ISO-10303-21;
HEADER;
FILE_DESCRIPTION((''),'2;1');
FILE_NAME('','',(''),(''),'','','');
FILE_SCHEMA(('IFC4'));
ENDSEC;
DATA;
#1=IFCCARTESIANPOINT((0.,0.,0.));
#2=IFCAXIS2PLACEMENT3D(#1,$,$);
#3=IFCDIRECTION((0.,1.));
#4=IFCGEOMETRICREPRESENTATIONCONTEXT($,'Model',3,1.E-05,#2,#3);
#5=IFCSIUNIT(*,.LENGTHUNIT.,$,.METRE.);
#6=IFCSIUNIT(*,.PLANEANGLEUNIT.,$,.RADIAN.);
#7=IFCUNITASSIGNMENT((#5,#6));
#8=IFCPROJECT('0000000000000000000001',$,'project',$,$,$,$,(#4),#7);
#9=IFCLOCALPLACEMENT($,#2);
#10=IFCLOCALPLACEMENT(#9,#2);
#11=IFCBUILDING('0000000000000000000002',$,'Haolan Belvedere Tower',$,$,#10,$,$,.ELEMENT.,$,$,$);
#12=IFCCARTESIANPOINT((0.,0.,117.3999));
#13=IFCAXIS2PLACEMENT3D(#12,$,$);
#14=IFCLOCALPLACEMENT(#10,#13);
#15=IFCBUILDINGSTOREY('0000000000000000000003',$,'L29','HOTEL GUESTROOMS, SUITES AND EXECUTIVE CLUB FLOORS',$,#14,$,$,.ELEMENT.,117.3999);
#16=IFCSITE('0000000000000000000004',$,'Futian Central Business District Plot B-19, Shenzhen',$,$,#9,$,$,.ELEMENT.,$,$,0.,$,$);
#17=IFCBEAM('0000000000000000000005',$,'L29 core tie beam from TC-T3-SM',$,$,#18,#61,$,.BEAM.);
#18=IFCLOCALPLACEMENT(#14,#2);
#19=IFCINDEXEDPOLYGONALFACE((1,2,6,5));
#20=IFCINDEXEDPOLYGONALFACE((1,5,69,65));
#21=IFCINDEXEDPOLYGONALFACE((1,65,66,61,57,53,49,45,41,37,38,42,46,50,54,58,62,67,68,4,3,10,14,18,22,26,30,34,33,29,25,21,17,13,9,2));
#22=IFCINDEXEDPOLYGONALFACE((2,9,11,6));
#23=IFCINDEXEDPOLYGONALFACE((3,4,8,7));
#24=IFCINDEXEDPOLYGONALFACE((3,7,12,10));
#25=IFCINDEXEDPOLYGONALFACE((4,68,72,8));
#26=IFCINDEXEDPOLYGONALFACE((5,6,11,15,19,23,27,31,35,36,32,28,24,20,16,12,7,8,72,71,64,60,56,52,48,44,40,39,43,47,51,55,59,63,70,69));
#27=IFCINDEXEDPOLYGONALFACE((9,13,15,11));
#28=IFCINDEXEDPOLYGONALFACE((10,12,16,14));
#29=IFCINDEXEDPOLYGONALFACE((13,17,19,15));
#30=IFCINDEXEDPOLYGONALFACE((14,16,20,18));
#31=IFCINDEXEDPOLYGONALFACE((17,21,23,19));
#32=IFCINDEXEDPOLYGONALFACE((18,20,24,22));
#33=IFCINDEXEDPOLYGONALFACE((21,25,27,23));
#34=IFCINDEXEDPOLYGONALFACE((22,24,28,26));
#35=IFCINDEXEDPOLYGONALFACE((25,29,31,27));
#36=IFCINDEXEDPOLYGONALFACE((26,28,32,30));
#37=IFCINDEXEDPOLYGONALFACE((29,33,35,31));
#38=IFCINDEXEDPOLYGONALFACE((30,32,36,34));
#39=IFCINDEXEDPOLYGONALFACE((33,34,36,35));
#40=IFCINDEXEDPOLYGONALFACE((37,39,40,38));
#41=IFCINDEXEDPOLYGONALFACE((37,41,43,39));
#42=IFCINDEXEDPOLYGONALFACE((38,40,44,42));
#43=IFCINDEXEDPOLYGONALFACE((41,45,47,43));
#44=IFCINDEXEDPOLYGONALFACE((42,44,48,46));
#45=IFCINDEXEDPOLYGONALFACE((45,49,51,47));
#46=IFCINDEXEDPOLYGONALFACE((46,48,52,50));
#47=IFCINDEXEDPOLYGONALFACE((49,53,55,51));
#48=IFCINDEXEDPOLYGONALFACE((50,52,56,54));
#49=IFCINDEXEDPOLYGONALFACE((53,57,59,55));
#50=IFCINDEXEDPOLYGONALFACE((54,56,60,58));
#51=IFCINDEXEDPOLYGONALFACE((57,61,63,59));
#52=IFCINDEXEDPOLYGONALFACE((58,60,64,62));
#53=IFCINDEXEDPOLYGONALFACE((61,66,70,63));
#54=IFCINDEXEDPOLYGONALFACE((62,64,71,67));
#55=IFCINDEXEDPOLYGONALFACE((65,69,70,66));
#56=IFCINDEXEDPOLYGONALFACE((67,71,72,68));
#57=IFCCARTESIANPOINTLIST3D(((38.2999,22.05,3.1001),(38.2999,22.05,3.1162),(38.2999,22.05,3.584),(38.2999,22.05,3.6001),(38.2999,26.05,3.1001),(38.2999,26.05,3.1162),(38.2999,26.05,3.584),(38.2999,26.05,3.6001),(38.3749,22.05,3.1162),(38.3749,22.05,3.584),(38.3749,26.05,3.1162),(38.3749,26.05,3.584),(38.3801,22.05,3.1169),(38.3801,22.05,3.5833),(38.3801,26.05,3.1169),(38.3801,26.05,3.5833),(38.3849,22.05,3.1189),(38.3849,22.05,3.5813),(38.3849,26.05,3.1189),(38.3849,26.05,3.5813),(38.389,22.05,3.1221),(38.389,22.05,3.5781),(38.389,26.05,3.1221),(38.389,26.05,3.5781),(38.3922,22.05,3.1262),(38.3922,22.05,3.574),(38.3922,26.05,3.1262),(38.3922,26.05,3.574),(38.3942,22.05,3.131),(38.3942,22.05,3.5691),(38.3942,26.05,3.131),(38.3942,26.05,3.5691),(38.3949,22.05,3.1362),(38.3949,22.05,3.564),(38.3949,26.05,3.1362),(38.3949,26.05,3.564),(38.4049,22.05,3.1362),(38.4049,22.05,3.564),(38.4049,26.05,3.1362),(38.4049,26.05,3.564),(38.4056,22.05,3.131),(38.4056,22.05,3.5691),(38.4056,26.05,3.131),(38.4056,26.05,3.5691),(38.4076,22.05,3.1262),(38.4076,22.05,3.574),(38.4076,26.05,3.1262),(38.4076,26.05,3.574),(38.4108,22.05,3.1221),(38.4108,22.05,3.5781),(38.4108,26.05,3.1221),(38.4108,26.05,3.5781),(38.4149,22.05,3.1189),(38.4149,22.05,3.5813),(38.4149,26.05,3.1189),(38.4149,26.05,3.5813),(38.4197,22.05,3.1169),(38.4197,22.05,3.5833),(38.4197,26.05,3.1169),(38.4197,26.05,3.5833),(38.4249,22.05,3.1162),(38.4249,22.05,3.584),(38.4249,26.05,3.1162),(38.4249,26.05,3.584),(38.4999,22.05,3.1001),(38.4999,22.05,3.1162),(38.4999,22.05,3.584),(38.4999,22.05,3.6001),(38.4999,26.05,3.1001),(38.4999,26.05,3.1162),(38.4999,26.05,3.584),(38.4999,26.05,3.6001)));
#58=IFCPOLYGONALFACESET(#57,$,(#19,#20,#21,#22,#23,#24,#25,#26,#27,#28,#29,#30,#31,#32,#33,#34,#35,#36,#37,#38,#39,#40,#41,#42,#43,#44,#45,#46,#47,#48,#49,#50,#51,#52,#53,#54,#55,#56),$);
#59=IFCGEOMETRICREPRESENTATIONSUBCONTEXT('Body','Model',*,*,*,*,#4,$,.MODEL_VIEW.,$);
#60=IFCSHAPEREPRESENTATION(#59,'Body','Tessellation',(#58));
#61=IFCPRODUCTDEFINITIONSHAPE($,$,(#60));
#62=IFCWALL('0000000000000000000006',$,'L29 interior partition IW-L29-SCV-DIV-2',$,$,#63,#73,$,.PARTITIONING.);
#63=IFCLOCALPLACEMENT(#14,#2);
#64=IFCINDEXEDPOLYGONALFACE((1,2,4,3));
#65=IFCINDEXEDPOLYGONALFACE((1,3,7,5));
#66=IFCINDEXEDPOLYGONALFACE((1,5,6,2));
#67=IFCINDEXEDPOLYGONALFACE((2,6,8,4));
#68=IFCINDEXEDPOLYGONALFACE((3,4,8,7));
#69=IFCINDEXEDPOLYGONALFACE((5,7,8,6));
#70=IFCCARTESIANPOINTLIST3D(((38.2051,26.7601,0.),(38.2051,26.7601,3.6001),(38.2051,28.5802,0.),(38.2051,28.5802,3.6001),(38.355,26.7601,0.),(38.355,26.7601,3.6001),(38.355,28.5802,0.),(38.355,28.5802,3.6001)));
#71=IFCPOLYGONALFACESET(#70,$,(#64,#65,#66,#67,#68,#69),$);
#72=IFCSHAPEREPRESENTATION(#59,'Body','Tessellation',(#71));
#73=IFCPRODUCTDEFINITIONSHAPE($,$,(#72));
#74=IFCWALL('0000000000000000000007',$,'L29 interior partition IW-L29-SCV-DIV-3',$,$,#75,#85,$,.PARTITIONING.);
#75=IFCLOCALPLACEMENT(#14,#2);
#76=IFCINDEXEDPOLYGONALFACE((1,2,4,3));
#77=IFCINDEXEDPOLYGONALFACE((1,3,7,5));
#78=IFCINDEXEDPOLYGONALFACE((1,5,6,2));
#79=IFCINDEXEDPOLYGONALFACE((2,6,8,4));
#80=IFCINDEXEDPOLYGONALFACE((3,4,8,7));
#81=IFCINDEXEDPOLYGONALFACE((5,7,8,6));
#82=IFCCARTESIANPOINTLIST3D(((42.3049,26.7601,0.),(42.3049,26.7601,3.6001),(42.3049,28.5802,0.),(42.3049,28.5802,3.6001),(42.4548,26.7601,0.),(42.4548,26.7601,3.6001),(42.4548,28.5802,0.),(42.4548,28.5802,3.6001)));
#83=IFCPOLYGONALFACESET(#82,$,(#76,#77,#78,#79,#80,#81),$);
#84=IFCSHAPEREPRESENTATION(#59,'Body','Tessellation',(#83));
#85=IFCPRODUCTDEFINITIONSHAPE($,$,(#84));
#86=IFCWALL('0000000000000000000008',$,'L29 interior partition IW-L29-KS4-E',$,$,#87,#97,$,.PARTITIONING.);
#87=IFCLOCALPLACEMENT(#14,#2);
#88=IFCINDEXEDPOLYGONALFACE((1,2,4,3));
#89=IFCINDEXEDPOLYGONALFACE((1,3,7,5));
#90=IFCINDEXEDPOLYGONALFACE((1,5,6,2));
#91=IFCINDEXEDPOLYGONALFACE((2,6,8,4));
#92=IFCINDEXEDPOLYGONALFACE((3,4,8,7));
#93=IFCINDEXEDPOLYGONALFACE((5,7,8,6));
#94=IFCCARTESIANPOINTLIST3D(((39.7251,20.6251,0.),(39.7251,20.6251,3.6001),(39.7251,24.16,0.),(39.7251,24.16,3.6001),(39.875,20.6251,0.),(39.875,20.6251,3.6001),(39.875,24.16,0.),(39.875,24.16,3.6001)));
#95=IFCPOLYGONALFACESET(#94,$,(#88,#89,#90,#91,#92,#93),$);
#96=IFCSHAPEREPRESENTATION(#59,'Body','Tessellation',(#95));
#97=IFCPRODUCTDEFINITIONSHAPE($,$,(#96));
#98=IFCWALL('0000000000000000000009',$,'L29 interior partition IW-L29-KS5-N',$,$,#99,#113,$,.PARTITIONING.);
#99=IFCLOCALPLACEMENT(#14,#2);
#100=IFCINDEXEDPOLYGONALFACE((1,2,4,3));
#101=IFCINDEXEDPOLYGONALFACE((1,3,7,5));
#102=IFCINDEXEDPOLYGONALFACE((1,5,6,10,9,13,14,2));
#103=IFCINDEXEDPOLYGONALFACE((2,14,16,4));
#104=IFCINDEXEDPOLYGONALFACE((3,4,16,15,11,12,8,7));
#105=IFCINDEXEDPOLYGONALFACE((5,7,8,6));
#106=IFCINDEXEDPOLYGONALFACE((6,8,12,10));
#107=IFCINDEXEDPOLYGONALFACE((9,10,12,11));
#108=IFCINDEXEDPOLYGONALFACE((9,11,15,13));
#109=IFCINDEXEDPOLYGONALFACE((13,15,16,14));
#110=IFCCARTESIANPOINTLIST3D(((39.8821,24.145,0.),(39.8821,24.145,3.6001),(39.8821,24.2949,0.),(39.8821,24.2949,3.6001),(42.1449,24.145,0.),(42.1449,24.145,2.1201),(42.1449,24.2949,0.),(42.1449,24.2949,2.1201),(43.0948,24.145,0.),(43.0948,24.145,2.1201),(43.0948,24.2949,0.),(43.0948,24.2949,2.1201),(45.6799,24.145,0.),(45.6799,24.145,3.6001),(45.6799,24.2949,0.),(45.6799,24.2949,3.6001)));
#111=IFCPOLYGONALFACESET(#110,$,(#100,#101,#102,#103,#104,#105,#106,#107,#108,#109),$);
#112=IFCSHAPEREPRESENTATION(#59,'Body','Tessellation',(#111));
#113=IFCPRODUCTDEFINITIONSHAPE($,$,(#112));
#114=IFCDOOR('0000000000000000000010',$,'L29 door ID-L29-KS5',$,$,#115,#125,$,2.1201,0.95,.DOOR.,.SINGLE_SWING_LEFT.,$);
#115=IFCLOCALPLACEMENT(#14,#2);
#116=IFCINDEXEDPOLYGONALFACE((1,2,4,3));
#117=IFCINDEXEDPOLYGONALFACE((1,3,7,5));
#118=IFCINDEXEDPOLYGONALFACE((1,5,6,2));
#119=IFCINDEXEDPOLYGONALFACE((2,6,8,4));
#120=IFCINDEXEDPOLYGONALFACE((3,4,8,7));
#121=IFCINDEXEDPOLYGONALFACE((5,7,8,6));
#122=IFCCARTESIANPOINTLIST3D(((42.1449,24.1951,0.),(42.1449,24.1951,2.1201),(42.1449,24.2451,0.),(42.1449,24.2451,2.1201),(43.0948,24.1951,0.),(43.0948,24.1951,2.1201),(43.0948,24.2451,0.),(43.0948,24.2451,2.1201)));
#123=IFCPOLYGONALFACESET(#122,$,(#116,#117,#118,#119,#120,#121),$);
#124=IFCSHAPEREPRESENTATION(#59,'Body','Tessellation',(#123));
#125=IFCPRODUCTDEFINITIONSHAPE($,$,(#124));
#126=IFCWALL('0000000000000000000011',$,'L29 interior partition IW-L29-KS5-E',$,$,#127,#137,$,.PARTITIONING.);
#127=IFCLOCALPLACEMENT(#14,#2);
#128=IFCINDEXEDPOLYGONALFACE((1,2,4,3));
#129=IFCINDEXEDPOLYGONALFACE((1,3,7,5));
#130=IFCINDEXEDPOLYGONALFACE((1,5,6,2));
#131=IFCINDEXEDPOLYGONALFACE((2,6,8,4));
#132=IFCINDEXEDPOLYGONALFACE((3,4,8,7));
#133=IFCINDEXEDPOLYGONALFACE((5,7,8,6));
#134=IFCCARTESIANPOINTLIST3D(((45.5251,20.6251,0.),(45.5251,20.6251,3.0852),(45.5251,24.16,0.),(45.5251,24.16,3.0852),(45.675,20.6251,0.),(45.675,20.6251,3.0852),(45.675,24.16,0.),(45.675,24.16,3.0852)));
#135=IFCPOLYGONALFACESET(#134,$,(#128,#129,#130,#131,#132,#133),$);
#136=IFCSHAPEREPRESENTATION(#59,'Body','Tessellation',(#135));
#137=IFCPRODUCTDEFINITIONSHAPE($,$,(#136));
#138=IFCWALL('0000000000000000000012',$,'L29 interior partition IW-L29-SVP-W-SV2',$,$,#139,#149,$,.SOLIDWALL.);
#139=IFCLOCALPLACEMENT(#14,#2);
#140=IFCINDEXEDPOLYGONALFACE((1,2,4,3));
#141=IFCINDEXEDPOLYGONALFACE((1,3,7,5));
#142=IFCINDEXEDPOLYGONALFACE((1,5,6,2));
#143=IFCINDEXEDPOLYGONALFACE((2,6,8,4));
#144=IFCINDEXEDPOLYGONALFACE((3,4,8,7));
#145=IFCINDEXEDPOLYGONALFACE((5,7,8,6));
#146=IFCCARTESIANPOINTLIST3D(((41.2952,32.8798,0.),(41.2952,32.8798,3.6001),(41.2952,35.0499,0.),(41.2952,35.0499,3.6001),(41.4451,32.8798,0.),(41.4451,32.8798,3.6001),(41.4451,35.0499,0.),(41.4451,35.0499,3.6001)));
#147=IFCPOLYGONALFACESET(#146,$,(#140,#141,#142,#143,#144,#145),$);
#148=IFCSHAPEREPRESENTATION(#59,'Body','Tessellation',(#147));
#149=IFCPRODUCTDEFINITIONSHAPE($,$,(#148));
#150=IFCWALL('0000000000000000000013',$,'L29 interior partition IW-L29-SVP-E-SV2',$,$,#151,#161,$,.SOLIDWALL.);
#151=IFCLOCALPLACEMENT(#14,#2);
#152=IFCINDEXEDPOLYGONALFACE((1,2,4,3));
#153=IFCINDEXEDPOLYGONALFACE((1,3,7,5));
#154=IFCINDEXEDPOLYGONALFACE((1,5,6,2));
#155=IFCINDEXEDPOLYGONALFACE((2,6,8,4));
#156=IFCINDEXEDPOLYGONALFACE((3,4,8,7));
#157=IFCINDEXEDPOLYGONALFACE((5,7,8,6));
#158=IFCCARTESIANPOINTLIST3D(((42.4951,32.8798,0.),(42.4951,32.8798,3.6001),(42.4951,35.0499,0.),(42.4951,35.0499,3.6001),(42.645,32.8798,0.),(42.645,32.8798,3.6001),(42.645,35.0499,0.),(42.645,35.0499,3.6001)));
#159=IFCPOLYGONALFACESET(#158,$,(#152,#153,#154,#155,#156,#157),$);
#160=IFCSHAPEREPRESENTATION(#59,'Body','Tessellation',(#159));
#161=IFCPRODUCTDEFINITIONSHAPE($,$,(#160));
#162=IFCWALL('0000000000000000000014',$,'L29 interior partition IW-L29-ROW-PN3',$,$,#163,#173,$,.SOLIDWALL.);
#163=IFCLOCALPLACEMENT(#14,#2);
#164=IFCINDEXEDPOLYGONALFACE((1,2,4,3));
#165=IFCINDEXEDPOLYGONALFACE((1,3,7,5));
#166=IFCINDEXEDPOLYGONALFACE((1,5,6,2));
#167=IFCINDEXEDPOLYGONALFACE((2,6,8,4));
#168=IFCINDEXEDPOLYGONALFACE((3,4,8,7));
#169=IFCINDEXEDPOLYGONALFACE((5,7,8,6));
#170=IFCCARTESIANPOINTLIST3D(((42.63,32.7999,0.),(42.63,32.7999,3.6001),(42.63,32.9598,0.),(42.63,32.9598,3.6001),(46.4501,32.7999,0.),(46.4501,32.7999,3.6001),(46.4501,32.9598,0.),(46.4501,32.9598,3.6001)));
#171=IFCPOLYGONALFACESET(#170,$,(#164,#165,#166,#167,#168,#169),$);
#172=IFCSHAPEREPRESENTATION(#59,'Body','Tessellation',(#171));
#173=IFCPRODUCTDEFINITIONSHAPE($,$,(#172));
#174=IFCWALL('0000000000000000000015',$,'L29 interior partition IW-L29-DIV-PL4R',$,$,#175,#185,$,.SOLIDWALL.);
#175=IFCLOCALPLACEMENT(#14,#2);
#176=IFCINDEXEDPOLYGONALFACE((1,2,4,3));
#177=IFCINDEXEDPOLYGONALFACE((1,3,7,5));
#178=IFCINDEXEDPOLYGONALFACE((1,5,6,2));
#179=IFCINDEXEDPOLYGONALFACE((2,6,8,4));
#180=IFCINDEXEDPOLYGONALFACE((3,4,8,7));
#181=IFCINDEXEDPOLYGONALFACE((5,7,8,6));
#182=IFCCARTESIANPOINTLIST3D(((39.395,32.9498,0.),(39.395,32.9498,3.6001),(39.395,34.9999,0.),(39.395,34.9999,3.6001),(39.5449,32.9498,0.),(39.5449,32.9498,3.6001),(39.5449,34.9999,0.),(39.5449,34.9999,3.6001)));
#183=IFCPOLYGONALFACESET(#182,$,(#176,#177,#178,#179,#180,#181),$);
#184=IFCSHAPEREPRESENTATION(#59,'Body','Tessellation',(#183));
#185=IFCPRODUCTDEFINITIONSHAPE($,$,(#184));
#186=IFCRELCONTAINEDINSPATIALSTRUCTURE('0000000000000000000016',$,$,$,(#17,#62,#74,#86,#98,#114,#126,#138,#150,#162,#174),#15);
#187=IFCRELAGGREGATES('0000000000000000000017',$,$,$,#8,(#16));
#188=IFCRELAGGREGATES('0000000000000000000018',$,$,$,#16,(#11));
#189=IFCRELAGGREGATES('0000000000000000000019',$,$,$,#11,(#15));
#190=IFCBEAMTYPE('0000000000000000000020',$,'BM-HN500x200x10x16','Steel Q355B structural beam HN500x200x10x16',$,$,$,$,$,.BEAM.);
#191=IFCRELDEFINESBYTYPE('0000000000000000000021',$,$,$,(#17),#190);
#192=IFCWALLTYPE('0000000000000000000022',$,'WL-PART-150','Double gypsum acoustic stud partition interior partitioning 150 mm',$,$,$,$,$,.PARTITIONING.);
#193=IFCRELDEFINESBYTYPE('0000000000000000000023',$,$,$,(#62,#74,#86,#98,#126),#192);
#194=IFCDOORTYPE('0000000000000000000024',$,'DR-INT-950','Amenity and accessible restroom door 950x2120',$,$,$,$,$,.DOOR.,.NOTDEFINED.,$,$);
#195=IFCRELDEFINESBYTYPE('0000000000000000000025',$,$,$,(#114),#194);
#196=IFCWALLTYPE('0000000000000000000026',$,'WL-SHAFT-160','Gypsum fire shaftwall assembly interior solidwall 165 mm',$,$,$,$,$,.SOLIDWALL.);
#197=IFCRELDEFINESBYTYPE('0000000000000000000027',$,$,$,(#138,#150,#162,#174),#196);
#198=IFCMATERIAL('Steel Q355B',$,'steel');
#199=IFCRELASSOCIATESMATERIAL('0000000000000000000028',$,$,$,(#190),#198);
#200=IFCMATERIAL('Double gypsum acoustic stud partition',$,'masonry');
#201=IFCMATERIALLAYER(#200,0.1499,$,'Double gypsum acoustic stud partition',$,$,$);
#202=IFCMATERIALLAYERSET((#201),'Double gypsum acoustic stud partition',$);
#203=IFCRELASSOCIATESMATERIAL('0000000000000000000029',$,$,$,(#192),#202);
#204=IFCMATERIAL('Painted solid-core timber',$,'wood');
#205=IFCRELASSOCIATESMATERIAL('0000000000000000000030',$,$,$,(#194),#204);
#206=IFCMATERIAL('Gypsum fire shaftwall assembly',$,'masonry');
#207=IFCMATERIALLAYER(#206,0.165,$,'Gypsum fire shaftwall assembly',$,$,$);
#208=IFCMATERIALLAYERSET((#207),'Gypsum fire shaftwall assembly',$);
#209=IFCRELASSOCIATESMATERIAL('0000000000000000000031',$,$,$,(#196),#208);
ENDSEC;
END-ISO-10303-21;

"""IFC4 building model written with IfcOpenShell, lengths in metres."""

from ifc_helpers import new_model, si_unit, direction, frame, frame_2d, origin, origin_2d, place, context, subcontext, project, spatial, rectangle, i_section, extrude, material, layer, layer_set, material_profile, profile_set, type_object, element, fill, save


model = new_model("IFC4")

# Units and contexts
model_context = context("Model", 3, precision=1e-05, world=origin(), true_north=direction((0.0, 1.0)))
body_context = subcontext(model_context, "Body", "Model", "MODEL_VIEW")
ifc_project = project(units=[si_unit("LENGTHUNIT", "METRE"), si_unit("PLANEANGLEUNIT", "RADIAN")], contexts=[model_context])

# Site, building, storey
site_placement = place(None, origin())
site = spatial("IfcSite", under=ifc_project, at=site_placement, Name="Futian Central Business District Plot B-19, Shenzhen", CompositionType="ELEMENT", RefElevation=0.0)
building_placement = place(site_placement, origin())
building = spatial("IfcBuilding", under=site, at=building_placement, Name="Haolan Belvedere Tower", CompositionType="ELEMENT")
storey_placement = place(building_placement, frame((0.0, 0.0, 117.3999)))
storey = spatial("IfcBuildingStorey", under=building, at=storey_placement, Name="L29", Description="HOTEL GUESTROOMS, SUITES AND EXECUTIVE CLUB FLOORS", CompositionType="ELEMENT", Elevation=117.3999)

# Beam
ifc_material_1 = material(Name="Steel Q355B", Category="steel")
ifc_material_profile_1 = material_profile(ifc_material_1, i_section(OverallWidth=0.2, OverallDepth=0.5, WebThickness=0.01, FlangeThickness=0.0161, FilletRadius=0.02, at=origin_2d()), Name="Steel Q355B")
ifc_profile_set_1 = profile_set([ifc_material_profile_1], Name="Steel Q355B")
beam_type_1 = type_object("IfcBeamType", Name="BM-HN500x200x10x16", Description="Steel Q355B structural beam HN500x200x10x16", PredefinedType="BEAM", material=ifc_profile_set_1)
beam_1_placement = place(storey_placement, frame((38.3999, 22.05, 3.3501), z_axis=(0.0, 1.0, 0.0), x_axis=(-1.0, 0.0, 0.0)))
element("IfcBeam", 1, at=beam_1_placement, inside=storey, type_object=beam_type_1, Name="L29 core tie beam from TC-T3-SM", PredefinedType="BEAM", context=body_context, shape_type="SweptSolid", body=[
    extrude(i_section(OverallWidth=0.2, OverallDepth=0.5, WebThickness=0.01, FlangeThickness=0.0161, FilletRadius=0.02, at=origin_2d()), origin(), (0.0, 0.0, 1.0), 4.0),
])

# Walls
ifc_material_2 = material(Name="Double gypsum acoustic stud partition", Category="masonry")
ifc_layer_1 = layer(ifc_material_2, 0.1499, Name="Double gypsum acoustic stud partition")
ifc_layer_set_1 = layer_set([ifc_layer_1], Name="Double gypsum acoustic stud partition")
wall_type_1 = type_object("IfcWallType", Name="WL-PART-150", Description="Double gypsum acoustic stud partition interior partitioning 150 mm", PredefinedType="PARTITIONING", material=ifc_layer_set_1)
for number, where, z_axis, x_axis, name in (
    (2, (38.28, 26.76, 0.0), (0.0, 0.0, 1.0), (0.0, 1.0, 0.0), "L29 interior partition IW-L29-SCV-DIV-2"),
    (3, (42.3799, 26.76, 0.0), (0.0, 0.0, 1.0), (0.0, 1.0, 0.0), "L29 interior partition IW-L29-SCV-DIV-3"),
):
    element("IfcWall", number, at=place(storey_placement, frame(where, z_axis=z_axis, x_axis=x_axis)), inside=storey, type_object=wall_type_1, Name=name, PredefinedType="PARTITIONING", context=body_context, shape_type="SweptSolid", body=[
        extrude(rectangle(XDim=1.8201, YDim=0.1499, at=frame_2d((0.9102, 0.0))), origin(), (0.0, 0.0, 1.0), 3.6001),
    ])
wall_1_placement = place(storey_placement, frame((39.8, 20.625, 0.0), z_axis=(0.0, 0.0, 1.0), x_axis=(0.0, 1.0, 0.0)))
element("IfcWall", 4, at=wall_1_placement, inside=storey, type_object=wall_type_1, Name="L29 interior partition IW-L29-KS4-E", PredefinedType="PARTITIONING", context=body_context, shape_type="SweptSolid", body=[
    extrude(rectangle(XDim=3.5349, YDim=0.1499, at=frame_2d((1.7676, 0.0))), origin(), (0.0, 0.0, 1.0), 3.6001),
])

# Wall, opening, door
wall_2_placement = place(storey_placement, frame((39.8821, 24.22, 0.0), z_axis=(0.0, 0.0, 1.0), x_axis=(1.0, 0.0, 0.0)))
wall_2 = element("IfcWall", 5, at=wall_2_placement, inside=storey, type_object=wall_type_1, Name="L29 interior partition IW-L29-KS5-N", PredefinedType="PARTITIONING", context=body_context, shape_type="SweptSolid", body=[
    extrude(rectangle(XDim=5.7979, YDim=0.1499, at=frame_2d((2.8989, 0.0))), origin(), (0.0, 0.0, 1.0), 3.6001),
])
opening_placement = place(wall_2_placement, frame((3.2129, 0.0, 0.0), z_axis=(0.0, 0.0, 1.0), x_axis=(-1.0, 0.0, 0.0)))
opening = element("IfcOpeningElement", 6, at=opening_placement, cuts=wall_2, PredefinedType="OPENING", context=body_context, shape_type="SweptSolid", body=[
    extrude(rectangle(XDim=0.95, YDim=2.1201, at=frame_2d((0.4751, 1.0601))), frame((0.0, 0.085, 0.0), z_axis=(0.0, -1.0, 0.0), x_axis=(1.0, 0.0, 0.0)), (0.0, 0.0, 1.0), 0.1699),
])
ifc_material_3 = material(Name="Painted solid-core timber", Category="wood")
door_type = type_object("IfcDoorType", Name="DR-INT-950", Description="Amenity and accessible restroom door 950x2120", OperationType="NOTDEFINED", PredefinedType="DOOR", material=ifc_material_3)
door_placement = place(opening_placement, origin())
door = element("IfcDoor", 7, at=door_placement, inside=storey, type_object=door_type, Name="L29 door ID-L29-KS5", OperationType="SINGLE_SWING_LEFT", OverallHeight=2.1201, OverallWidth=0.95, PredefinedType="DOOR", context=body_context, shape_type="SweptSolid", body=[
    extrude(rectangle(XDim=0.95, YDim=2.1201, at=frame_2d((0.4751, 1.0601))), frame((0.0, 0.0249, 0.0), z_axis=(0.0, -1.0, 0.0), x_axis=(1.0, 0.0, 0.0)), (0.0, 0.0, 1.0), 0.05),
])
fill(opening, door)

# Walls
wall_3_placement = place(storey_placement, frame((45.6001, 20.625, 0.0), z_axis=(0.0, 0.0, 1.0), x_axis=(0.0, 1.0, 0.0)))
element("IfcWall", 8, at=wall_3_placement, inside=storey, type_object=wall_type_1, Name="L29 interior partition IW-L29-KS5-E", PredefinedType="PARTITIONING", context=body_context, shape_type="SweptSolid", body=[
    extrude(rectangle(XDim=3.5349, YDim=0.1499, at=frame_2d((1.7676, 0.0))), origin(), (0.0, 0.0, 1.0), 3.0852),
])
ifc_material_4 = material(Name="Gypsum fire shaftwall assembly", Category="masonry")
ifc_layer_2 = layer(ifc_material_4, 0.165, Name="Gypsum fire shaftwall assembly")
ifc_layer_set_2 = layer_set([ifc_layer_2], Name="Gypsum fire shaftwall assembly")
wall_type_2 = type_object("IfcWallType", Name="WL-SHAFT-160", Description="Gypsum fire shaftwall assembly interior solidwall 165 mm", PredefinedType="SOLIDWALL", material=ifc_layer_set_2)
for number, where, z_axis, x_axis, name in (
    (9, (41.3701, 32.8799, 0.0), (0.0, 0.0, 1.0), (0.0, 1.0, 0.0), "L29 interior partition IW-L29-SVP-W-SV2"),
    (10, (42.5701, 32.8799, 0.0), (0.0, 0.0, 1.0), (0.0, 1.0, 0.0), "L29 interior partition IW-L29-SVP-E-SV2"),
):
    element("IfcWall", number, at=place(storey_placement, frame(where, z_axis=z_axis, x_axis=x_axis)), inside=storey, type_object=wall_type_2, Name=name, PredefinedType="SOLIDWALL", context=body_context, shape_type="SweptSolid", body=[
        extrude(rectangle(XDim=2.1702, YDim=0.1499, at=frame_2d((1.085, 0.0))), origin(), (0.0, 0.0, 1.0), 3.6001),
    ])
wall_4_placement = place(storey_placement, frame((42.6299, 32.8799, 0.0), z_axis=(0.0, 0.0, 1.0), x_axis=(1.0, 0.0, 0.0)))
element("IfcWall", 11, at=wall_4_placement, inside=storey, type_object=wall_type_2, Name="L29 interior partition IW-L29-ROW-PN3", PredefinedType="SOLIDWALL", context=body_context, shape_type="SweptSolid", body=[
    extrude(rectangle(XDim=3.8201, YDim=0.1599, at=frame_2d((1.9102, 0.0))), origin(), (0.0, 0.0, 1.0), 3.6001),
])
for number, where, z_axis, x_axis, name in (
    (12, (39.47, 32.95, 0.0), (0.0, 0.0, 1.0), (0.0, 1.0, 0.0), "L29 interior partition IW-L29-DIV-PL4R"),
):
    element("IfcWall", number, at=place(storey_placement, frame(where, z_axis=z_axis, x_axis=x_axis)), inside=storey, type_object=wall_type_2, Name=name, PredefinedType="SOLIDWALL", context=body_context, shape_type="SweptSolid", body=[
        extrude(rectangle(XDim=2.05, YDim=0.1499, at=frame_2d((1.0249, 0.0))), origin(), (0.0, 0.0, 1.0), 3.6001),
    ])

save(model, "model.ifc")
